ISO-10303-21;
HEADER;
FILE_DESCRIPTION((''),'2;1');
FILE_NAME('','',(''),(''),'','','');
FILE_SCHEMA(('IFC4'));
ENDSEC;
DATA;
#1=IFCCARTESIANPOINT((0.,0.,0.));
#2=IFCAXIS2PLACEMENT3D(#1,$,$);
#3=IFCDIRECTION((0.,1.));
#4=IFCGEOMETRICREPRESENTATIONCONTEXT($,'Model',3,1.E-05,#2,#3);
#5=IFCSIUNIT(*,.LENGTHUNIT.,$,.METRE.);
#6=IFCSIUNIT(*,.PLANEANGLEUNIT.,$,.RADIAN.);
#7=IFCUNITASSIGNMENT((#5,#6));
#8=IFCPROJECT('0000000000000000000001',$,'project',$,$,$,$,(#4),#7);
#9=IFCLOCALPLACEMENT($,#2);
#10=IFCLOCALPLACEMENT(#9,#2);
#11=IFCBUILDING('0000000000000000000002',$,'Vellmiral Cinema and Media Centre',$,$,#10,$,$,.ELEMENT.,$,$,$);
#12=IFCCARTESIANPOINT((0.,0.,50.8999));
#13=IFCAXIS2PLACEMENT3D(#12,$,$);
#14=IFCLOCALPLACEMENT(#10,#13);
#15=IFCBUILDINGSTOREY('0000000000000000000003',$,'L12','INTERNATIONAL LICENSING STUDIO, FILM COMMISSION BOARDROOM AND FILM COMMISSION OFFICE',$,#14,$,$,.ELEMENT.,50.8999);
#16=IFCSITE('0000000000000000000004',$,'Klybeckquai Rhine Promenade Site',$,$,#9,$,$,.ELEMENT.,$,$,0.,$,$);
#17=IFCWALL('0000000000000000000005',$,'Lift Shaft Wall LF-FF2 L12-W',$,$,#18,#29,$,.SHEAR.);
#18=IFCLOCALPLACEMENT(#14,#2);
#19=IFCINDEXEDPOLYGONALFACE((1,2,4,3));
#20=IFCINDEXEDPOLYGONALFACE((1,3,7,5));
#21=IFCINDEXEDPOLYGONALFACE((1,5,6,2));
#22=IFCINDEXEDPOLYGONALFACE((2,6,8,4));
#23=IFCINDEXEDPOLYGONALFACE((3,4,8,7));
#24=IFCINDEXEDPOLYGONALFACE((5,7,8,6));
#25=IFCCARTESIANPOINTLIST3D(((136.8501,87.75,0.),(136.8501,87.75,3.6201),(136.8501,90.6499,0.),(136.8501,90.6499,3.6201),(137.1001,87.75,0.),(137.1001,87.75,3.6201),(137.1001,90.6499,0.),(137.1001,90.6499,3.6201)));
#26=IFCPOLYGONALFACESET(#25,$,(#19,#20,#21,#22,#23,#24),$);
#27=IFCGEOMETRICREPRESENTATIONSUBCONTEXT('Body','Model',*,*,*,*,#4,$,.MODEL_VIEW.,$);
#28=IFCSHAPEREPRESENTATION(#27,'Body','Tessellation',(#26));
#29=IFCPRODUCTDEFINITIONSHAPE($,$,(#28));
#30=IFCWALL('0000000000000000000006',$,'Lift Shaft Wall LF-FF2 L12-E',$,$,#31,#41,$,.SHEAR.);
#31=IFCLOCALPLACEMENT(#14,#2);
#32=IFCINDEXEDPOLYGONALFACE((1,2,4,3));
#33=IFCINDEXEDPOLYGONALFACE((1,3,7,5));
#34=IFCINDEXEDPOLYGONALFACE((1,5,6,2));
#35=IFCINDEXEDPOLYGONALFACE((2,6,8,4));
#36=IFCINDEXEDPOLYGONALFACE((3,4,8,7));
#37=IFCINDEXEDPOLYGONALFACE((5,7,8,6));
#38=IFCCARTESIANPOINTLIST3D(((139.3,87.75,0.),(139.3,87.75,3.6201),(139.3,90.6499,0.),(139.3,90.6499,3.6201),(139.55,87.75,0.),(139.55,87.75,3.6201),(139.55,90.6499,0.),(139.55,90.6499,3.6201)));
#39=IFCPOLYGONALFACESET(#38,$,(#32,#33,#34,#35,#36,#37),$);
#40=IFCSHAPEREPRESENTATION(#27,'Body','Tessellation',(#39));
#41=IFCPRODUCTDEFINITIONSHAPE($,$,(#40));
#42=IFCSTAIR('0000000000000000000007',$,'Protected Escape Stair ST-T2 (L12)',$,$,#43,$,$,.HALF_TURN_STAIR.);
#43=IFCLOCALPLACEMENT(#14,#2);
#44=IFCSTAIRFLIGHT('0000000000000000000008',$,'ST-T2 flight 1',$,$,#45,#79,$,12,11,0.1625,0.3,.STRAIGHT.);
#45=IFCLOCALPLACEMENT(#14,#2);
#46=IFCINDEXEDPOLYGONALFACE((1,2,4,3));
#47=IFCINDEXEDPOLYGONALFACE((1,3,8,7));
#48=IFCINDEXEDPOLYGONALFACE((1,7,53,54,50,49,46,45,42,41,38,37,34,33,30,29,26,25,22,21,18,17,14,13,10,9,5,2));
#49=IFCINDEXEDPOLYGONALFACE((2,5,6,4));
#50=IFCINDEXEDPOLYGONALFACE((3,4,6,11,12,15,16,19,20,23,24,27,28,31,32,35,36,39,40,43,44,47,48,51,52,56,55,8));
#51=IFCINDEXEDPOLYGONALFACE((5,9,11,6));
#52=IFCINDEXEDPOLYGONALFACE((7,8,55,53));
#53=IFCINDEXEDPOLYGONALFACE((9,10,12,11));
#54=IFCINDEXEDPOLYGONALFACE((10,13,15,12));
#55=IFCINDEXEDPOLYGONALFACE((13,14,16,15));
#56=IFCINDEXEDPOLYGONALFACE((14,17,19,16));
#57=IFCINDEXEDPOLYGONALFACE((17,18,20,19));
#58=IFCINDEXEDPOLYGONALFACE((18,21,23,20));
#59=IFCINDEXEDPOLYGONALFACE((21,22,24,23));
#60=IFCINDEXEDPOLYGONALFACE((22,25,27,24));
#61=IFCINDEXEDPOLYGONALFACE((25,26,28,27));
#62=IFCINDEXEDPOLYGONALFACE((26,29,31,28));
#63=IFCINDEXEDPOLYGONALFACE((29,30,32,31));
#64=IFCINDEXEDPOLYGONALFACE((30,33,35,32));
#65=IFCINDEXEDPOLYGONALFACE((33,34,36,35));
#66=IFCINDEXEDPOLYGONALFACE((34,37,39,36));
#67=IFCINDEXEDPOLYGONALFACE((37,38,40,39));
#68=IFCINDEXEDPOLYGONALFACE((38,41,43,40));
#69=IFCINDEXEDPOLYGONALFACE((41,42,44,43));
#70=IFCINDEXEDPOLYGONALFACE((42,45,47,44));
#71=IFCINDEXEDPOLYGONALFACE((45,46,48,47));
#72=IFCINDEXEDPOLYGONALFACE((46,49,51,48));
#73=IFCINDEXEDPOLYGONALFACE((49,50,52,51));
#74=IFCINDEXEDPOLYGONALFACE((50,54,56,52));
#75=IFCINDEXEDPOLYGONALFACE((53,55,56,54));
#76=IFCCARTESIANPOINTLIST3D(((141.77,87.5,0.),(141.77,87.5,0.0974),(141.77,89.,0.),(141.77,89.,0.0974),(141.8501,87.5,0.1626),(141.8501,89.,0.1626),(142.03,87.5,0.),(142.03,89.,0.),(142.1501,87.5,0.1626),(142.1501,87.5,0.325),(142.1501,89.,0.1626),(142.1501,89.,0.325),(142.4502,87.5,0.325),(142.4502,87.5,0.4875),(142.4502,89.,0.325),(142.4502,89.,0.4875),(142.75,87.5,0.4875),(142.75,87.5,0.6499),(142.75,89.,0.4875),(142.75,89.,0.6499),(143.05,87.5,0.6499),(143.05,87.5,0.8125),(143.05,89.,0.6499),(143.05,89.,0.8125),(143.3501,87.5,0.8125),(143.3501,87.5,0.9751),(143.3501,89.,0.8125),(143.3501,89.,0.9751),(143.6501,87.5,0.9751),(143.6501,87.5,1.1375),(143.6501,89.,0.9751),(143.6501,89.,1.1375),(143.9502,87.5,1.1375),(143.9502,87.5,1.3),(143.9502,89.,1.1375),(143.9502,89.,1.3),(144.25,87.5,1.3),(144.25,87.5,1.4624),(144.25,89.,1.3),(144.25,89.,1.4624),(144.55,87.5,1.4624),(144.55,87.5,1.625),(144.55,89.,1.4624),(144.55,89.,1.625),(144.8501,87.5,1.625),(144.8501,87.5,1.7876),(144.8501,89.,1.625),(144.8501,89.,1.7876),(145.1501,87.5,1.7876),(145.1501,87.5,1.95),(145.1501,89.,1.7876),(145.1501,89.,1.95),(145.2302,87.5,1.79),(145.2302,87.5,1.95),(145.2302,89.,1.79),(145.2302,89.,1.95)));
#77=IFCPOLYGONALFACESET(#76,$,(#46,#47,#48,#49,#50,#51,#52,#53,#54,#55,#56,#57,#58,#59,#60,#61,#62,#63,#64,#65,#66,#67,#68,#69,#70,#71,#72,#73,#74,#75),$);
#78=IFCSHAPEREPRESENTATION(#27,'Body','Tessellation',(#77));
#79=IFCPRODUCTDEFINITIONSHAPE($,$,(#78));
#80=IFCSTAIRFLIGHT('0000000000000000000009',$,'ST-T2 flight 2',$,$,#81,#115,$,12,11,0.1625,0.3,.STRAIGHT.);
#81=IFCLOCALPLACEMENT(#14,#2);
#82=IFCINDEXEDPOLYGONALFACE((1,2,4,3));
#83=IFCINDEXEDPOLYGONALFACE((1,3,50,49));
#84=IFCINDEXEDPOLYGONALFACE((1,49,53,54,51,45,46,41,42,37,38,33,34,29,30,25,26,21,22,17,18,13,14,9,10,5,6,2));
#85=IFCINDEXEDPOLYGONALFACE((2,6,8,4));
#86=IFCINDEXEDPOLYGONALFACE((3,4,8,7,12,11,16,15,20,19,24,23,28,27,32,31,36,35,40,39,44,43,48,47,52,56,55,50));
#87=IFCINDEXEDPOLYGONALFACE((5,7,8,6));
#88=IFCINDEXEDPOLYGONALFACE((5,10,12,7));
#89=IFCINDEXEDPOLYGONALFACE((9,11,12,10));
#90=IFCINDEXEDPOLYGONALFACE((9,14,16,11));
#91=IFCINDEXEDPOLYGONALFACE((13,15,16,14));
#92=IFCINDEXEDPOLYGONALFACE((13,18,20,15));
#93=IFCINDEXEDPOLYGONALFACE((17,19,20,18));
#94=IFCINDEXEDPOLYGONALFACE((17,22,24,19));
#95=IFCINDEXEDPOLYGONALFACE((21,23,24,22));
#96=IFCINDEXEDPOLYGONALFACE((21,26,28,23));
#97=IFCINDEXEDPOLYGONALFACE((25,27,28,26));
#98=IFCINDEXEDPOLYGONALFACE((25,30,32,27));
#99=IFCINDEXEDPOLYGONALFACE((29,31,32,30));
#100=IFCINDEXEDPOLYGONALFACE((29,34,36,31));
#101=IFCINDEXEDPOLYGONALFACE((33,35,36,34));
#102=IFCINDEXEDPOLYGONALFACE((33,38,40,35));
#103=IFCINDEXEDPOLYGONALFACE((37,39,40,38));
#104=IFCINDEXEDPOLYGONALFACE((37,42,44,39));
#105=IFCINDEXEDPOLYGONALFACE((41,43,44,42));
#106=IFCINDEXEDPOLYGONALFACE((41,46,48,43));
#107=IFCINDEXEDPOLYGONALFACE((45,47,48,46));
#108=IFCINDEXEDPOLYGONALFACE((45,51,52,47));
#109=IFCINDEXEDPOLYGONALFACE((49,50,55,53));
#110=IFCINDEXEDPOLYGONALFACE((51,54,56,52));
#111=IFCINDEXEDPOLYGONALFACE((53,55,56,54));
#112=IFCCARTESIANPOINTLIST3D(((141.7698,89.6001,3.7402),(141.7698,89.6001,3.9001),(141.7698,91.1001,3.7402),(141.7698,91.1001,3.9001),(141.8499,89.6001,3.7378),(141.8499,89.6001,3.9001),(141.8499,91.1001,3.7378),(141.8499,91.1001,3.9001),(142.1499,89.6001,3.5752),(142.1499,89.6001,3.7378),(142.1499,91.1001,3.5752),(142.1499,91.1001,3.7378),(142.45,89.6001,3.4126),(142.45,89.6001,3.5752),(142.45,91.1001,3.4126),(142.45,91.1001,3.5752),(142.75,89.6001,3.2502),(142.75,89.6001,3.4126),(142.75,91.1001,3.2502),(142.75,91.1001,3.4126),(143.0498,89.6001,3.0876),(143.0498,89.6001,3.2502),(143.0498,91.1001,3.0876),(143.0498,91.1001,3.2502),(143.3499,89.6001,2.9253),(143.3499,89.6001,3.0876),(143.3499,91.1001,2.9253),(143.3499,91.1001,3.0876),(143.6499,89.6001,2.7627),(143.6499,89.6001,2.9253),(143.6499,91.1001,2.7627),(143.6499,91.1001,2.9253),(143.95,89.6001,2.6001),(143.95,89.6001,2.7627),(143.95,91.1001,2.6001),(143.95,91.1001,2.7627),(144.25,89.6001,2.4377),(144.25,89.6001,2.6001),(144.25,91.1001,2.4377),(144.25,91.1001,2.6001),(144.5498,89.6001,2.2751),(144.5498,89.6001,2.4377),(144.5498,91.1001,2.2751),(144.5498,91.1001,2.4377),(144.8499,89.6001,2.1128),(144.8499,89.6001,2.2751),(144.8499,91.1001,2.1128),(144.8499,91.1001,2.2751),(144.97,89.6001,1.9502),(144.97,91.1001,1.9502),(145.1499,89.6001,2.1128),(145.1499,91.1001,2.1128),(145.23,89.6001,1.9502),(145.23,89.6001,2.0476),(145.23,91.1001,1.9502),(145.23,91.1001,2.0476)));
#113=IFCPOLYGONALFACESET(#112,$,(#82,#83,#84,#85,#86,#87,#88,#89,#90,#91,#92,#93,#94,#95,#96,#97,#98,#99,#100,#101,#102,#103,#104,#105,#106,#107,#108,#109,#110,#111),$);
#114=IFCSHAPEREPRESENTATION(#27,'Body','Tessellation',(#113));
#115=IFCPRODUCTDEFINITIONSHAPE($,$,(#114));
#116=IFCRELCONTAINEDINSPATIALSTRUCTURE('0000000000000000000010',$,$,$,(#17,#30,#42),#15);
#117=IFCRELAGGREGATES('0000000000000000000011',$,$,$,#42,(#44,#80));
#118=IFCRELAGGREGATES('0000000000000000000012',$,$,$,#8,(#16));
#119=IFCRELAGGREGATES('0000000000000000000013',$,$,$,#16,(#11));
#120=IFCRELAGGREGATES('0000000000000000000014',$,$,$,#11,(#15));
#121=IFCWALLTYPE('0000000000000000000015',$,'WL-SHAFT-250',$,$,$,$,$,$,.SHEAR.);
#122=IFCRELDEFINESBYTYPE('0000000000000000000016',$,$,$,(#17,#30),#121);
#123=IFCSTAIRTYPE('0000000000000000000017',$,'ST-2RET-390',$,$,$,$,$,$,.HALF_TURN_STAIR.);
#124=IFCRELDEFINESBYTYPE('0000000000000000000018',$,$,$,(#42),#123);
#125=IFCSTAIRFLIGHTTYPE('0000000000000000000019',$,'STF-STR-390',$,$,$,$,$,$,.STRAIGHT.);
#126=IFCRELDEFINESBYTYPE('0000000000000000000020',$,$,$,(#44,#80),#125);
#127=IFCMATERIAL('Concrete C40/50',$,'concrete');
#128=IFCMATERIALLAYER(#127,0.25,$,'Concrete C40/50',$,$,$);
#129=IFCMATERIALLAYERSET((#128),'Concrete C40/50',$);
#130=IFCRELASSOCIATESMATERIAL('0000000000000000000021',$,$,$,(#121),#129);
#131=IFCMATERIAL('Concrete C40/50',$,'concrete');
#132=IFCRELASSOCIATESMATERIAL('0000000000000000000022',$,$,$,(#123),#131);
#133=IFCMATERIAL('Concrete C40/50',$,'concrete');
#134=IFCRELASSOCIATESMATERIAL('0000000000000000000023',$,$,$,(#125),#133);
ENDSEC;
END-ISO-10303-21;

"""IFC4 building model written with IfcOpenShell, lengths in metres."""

from ifc_helpers import new_model, si_unit, direction, frame, frame_2d, origin, place, context, subcontext, project, spatial, polyline, rectangle, outline, extrude, material, layer, layer_set, type_object, element, aggregate, save


model = new_model("IFC4")

# Units and contexts
model_context = context("Model", 3, precision=1e-05, world=origin(), true_north=direction((0.0, 1.0)))
body_context = subcontext(model_context, "Body", "Model", "MODEL_VIEW")
ifc_project = project(units=[si_unit("LENGTHUNIT", "METRE"), si_unit("PLANEANGLEUNIT", "RADIAN")], contexts=[model_context])

# Site, building, storey
site_placement = place(None, origin())
site = spatial("IfcSite", under=ifc_project, at=site_placement, Name="Klybeckquai Rhine Promenade Site", CompositionType="ELEMENT", RefElevation=0.0)
building_placement = place(site_placement, origin())
building = spatial("IfcBuilding", under=site, at=building_placement, Name="Vellmiral Cinema and Media Centre", CompositionType="ELEMENT")
storey_placement = place(building_placement, frame((0.0, 0.0, 50.8999)))
storey = spatial("IfcBuildingStorey", under=building, at=storey_placement, Name="L12", Description="INTERNATIONAL LICENSING STUDIO, FILM COMMISSION BOARDROOM AND FILM COMMISSION OFFICE", CompositionType="ELEMENT", Elevation=50.8999)

# Shared definitions
ifc_material_1 = material(Name="Concrete C40/50", Category="concrete")
ifc_layer_1 = layer(ifc_material_1, 0.25, Name="Concrete C40/50")
ifc_layer_set_1 = layer_set([ifc_layer_1], Name="Concrete C40/50")
wall_type_1 = type_object("IfcWallType", Name="WL-SHAFT-250", PredefinedType="SHEAR", material=ifc_layer_set_1)

# Walls
for number, where, z_axis, x_axis, name in (
    (1, (136.9751, 87.75, 0.0), (0.0, 0.0, 1.0), (0.0, 1.0, 0.0), "Lift Shaft Wall LF-FF2 L12-W"),
    (2, (139.425, 87.75, 0.0), (0.0, 0.0, 1.0), (0.0, 1.0, 0.0), "Lift Shaft Wall LF-FF2 L12-E"),
):
    element("IfcWall", number, at=place(storey_placement, frame(where, z_axis=z_axis, x_axis=x_axis)), inside=storey, type_object=wall_type_1, Name=name, PredefinedType="SHEAR", context=body_context, shape_type="SweptSolid", body=[
        extrude(rectangle(XDim=2.8999, YDim=0.25, at=frame_2d((1.45, 0.0))), origin(), (0.0, 0.0, 1.0), 3.6201),
    ])

# Stair, stair flights
ifc_material_2 = material(Name="Concrete C40/50", Category="concrete")
stair_type = type_object("IfcStairType", Name="ST-2RET-390", PredefinedType="HALF_TURN_STAIR", material=ifc_material_2)
stair_placement = place(storey_placement, origin())
stair = element("IfcStair", 3, at=stair_placement, inside=storey, type_object=stair_type, Name="Protected Escape Stair ST-T2 (L12)", PredefinedType="HALF_TURN_STAIR")
ifc_material_3 = material(Name="Concrete C40/50", Category="concrete")
stair_flight_type = type_object("IfcStairFlightType", Name="STF-STR-390", PredefinedType="STRAIGHT", material=ifc_material_3)
stair_flight_1_placement = place(storey_placement, frame((141.8501, 88.25, 0.0), z_axis=(0.0, 0.0, 1.0), x_axis=(1.0, 0.0, 0.0)))
stair_flight_1 = element("IfcStairFlight", 4, at=stair_flight_1_placement, type_object=stair_flight_type, Name="ST-T2 flight 1", NumberOfRisers=12, NumberOfTreads=11, PredefinedType="STRAIGHT", RiserHeight=0.1625, TreadLength=0.3, context=body_context, shape_type="SweptSolid", body=[
    extrude(outline(polyline([(-0.0801, 0.0), (-0.0801, 0.0974), (0.0, 0.1626), (0.3, 0.1626), (0.3, 0.325), (0.6001, 0.325), (0.6001, 0.4875), (0.8999, 0.4875), (0.8999, 0.6499), (1.2, 0.6499), (1.2, 0.8125), (1.5, 0.8125), (1.5, 0.9751), (1.8, 0.9751), (1.8, 1.1375), (2.1001, 1.1375), (2.1001, 1.3), (2.3999, 1.3), (2.3999, 1.4624), (2.7, 1.4624), (2.7, 1.625), (3.0, 1.625), (3.0, 1.7876), (3.3, 1.7876), (3.3, 1.95), (3.3801, 1.95), (3.3801, 1.79), (0.1799, 0.0), (-0.0801, 0.0)])), frame((0.0, 0.75, 0.0), z_axis=(0.0, -1.0, 0.0), x_axis=(1.0, 0.0, 0.0)), (0.0, 0.0, 1.0), 1.5),
])
stair_flight_2_placement = place(storey_placement, frame((145.1499, 90.3501, 1.9502), z_axis=(0.0, 0.0, 1.0), x_axis=(-1.0, 0.0, 0.0)))
stair_flight_2 = element("IfcStairFlight", 5, at=stair_flight_2_placement, type_object=stair_flight_type, Name="ST-T2 flight 2", NumberOfRisers=12, NumberOfTreads=11, PredefinedType="STRAIGHT", RiserHeight=0.1625, TreadLength=0.3, context=body_context, shape_type="SweptSolid", body=[
    extrude(outline(polyline([(-0.0801, 0.0), (-0.0801, 0.0974), (0.0, 0.1626), (0.3, 0.1626), (0.3, 0.325), (0.6001, 0.325), (0.6001, 0.4875), (0.8999, 0.4875), (0.8999, 0.6499), (1.2, 0.6499), (1.2, 0.8125), (1.5, 0.8125), (1.5, 0.9751), (1.8, 0.9751), (1.8, 1.1375), (2.1001, 1.1375), (2.1001, 1.3), (2.3999, 1.3), (2.3999, 1.4624), (2.7, 1.4624), (2.7, 1.625), (3.0, 1.625), (3.0, 1.7876), (3.3, 1.7876), (3.3, 1.95), (3.3801, 1.95), (3.3801, 1.79), (0.1799, 0.0), (-0.0801, 0.0)])), frame((0.0, 0.75, 0.0), z_axis=(0.0, -1.0, 0.0), x_axis=(1.0, 0.0, 0.0)), (0.0, 0.0, 1.0), 1.5),
])
aggregate(stair, [stair_flight_1, stair_flight_2])

save(model, "model.ifc")
